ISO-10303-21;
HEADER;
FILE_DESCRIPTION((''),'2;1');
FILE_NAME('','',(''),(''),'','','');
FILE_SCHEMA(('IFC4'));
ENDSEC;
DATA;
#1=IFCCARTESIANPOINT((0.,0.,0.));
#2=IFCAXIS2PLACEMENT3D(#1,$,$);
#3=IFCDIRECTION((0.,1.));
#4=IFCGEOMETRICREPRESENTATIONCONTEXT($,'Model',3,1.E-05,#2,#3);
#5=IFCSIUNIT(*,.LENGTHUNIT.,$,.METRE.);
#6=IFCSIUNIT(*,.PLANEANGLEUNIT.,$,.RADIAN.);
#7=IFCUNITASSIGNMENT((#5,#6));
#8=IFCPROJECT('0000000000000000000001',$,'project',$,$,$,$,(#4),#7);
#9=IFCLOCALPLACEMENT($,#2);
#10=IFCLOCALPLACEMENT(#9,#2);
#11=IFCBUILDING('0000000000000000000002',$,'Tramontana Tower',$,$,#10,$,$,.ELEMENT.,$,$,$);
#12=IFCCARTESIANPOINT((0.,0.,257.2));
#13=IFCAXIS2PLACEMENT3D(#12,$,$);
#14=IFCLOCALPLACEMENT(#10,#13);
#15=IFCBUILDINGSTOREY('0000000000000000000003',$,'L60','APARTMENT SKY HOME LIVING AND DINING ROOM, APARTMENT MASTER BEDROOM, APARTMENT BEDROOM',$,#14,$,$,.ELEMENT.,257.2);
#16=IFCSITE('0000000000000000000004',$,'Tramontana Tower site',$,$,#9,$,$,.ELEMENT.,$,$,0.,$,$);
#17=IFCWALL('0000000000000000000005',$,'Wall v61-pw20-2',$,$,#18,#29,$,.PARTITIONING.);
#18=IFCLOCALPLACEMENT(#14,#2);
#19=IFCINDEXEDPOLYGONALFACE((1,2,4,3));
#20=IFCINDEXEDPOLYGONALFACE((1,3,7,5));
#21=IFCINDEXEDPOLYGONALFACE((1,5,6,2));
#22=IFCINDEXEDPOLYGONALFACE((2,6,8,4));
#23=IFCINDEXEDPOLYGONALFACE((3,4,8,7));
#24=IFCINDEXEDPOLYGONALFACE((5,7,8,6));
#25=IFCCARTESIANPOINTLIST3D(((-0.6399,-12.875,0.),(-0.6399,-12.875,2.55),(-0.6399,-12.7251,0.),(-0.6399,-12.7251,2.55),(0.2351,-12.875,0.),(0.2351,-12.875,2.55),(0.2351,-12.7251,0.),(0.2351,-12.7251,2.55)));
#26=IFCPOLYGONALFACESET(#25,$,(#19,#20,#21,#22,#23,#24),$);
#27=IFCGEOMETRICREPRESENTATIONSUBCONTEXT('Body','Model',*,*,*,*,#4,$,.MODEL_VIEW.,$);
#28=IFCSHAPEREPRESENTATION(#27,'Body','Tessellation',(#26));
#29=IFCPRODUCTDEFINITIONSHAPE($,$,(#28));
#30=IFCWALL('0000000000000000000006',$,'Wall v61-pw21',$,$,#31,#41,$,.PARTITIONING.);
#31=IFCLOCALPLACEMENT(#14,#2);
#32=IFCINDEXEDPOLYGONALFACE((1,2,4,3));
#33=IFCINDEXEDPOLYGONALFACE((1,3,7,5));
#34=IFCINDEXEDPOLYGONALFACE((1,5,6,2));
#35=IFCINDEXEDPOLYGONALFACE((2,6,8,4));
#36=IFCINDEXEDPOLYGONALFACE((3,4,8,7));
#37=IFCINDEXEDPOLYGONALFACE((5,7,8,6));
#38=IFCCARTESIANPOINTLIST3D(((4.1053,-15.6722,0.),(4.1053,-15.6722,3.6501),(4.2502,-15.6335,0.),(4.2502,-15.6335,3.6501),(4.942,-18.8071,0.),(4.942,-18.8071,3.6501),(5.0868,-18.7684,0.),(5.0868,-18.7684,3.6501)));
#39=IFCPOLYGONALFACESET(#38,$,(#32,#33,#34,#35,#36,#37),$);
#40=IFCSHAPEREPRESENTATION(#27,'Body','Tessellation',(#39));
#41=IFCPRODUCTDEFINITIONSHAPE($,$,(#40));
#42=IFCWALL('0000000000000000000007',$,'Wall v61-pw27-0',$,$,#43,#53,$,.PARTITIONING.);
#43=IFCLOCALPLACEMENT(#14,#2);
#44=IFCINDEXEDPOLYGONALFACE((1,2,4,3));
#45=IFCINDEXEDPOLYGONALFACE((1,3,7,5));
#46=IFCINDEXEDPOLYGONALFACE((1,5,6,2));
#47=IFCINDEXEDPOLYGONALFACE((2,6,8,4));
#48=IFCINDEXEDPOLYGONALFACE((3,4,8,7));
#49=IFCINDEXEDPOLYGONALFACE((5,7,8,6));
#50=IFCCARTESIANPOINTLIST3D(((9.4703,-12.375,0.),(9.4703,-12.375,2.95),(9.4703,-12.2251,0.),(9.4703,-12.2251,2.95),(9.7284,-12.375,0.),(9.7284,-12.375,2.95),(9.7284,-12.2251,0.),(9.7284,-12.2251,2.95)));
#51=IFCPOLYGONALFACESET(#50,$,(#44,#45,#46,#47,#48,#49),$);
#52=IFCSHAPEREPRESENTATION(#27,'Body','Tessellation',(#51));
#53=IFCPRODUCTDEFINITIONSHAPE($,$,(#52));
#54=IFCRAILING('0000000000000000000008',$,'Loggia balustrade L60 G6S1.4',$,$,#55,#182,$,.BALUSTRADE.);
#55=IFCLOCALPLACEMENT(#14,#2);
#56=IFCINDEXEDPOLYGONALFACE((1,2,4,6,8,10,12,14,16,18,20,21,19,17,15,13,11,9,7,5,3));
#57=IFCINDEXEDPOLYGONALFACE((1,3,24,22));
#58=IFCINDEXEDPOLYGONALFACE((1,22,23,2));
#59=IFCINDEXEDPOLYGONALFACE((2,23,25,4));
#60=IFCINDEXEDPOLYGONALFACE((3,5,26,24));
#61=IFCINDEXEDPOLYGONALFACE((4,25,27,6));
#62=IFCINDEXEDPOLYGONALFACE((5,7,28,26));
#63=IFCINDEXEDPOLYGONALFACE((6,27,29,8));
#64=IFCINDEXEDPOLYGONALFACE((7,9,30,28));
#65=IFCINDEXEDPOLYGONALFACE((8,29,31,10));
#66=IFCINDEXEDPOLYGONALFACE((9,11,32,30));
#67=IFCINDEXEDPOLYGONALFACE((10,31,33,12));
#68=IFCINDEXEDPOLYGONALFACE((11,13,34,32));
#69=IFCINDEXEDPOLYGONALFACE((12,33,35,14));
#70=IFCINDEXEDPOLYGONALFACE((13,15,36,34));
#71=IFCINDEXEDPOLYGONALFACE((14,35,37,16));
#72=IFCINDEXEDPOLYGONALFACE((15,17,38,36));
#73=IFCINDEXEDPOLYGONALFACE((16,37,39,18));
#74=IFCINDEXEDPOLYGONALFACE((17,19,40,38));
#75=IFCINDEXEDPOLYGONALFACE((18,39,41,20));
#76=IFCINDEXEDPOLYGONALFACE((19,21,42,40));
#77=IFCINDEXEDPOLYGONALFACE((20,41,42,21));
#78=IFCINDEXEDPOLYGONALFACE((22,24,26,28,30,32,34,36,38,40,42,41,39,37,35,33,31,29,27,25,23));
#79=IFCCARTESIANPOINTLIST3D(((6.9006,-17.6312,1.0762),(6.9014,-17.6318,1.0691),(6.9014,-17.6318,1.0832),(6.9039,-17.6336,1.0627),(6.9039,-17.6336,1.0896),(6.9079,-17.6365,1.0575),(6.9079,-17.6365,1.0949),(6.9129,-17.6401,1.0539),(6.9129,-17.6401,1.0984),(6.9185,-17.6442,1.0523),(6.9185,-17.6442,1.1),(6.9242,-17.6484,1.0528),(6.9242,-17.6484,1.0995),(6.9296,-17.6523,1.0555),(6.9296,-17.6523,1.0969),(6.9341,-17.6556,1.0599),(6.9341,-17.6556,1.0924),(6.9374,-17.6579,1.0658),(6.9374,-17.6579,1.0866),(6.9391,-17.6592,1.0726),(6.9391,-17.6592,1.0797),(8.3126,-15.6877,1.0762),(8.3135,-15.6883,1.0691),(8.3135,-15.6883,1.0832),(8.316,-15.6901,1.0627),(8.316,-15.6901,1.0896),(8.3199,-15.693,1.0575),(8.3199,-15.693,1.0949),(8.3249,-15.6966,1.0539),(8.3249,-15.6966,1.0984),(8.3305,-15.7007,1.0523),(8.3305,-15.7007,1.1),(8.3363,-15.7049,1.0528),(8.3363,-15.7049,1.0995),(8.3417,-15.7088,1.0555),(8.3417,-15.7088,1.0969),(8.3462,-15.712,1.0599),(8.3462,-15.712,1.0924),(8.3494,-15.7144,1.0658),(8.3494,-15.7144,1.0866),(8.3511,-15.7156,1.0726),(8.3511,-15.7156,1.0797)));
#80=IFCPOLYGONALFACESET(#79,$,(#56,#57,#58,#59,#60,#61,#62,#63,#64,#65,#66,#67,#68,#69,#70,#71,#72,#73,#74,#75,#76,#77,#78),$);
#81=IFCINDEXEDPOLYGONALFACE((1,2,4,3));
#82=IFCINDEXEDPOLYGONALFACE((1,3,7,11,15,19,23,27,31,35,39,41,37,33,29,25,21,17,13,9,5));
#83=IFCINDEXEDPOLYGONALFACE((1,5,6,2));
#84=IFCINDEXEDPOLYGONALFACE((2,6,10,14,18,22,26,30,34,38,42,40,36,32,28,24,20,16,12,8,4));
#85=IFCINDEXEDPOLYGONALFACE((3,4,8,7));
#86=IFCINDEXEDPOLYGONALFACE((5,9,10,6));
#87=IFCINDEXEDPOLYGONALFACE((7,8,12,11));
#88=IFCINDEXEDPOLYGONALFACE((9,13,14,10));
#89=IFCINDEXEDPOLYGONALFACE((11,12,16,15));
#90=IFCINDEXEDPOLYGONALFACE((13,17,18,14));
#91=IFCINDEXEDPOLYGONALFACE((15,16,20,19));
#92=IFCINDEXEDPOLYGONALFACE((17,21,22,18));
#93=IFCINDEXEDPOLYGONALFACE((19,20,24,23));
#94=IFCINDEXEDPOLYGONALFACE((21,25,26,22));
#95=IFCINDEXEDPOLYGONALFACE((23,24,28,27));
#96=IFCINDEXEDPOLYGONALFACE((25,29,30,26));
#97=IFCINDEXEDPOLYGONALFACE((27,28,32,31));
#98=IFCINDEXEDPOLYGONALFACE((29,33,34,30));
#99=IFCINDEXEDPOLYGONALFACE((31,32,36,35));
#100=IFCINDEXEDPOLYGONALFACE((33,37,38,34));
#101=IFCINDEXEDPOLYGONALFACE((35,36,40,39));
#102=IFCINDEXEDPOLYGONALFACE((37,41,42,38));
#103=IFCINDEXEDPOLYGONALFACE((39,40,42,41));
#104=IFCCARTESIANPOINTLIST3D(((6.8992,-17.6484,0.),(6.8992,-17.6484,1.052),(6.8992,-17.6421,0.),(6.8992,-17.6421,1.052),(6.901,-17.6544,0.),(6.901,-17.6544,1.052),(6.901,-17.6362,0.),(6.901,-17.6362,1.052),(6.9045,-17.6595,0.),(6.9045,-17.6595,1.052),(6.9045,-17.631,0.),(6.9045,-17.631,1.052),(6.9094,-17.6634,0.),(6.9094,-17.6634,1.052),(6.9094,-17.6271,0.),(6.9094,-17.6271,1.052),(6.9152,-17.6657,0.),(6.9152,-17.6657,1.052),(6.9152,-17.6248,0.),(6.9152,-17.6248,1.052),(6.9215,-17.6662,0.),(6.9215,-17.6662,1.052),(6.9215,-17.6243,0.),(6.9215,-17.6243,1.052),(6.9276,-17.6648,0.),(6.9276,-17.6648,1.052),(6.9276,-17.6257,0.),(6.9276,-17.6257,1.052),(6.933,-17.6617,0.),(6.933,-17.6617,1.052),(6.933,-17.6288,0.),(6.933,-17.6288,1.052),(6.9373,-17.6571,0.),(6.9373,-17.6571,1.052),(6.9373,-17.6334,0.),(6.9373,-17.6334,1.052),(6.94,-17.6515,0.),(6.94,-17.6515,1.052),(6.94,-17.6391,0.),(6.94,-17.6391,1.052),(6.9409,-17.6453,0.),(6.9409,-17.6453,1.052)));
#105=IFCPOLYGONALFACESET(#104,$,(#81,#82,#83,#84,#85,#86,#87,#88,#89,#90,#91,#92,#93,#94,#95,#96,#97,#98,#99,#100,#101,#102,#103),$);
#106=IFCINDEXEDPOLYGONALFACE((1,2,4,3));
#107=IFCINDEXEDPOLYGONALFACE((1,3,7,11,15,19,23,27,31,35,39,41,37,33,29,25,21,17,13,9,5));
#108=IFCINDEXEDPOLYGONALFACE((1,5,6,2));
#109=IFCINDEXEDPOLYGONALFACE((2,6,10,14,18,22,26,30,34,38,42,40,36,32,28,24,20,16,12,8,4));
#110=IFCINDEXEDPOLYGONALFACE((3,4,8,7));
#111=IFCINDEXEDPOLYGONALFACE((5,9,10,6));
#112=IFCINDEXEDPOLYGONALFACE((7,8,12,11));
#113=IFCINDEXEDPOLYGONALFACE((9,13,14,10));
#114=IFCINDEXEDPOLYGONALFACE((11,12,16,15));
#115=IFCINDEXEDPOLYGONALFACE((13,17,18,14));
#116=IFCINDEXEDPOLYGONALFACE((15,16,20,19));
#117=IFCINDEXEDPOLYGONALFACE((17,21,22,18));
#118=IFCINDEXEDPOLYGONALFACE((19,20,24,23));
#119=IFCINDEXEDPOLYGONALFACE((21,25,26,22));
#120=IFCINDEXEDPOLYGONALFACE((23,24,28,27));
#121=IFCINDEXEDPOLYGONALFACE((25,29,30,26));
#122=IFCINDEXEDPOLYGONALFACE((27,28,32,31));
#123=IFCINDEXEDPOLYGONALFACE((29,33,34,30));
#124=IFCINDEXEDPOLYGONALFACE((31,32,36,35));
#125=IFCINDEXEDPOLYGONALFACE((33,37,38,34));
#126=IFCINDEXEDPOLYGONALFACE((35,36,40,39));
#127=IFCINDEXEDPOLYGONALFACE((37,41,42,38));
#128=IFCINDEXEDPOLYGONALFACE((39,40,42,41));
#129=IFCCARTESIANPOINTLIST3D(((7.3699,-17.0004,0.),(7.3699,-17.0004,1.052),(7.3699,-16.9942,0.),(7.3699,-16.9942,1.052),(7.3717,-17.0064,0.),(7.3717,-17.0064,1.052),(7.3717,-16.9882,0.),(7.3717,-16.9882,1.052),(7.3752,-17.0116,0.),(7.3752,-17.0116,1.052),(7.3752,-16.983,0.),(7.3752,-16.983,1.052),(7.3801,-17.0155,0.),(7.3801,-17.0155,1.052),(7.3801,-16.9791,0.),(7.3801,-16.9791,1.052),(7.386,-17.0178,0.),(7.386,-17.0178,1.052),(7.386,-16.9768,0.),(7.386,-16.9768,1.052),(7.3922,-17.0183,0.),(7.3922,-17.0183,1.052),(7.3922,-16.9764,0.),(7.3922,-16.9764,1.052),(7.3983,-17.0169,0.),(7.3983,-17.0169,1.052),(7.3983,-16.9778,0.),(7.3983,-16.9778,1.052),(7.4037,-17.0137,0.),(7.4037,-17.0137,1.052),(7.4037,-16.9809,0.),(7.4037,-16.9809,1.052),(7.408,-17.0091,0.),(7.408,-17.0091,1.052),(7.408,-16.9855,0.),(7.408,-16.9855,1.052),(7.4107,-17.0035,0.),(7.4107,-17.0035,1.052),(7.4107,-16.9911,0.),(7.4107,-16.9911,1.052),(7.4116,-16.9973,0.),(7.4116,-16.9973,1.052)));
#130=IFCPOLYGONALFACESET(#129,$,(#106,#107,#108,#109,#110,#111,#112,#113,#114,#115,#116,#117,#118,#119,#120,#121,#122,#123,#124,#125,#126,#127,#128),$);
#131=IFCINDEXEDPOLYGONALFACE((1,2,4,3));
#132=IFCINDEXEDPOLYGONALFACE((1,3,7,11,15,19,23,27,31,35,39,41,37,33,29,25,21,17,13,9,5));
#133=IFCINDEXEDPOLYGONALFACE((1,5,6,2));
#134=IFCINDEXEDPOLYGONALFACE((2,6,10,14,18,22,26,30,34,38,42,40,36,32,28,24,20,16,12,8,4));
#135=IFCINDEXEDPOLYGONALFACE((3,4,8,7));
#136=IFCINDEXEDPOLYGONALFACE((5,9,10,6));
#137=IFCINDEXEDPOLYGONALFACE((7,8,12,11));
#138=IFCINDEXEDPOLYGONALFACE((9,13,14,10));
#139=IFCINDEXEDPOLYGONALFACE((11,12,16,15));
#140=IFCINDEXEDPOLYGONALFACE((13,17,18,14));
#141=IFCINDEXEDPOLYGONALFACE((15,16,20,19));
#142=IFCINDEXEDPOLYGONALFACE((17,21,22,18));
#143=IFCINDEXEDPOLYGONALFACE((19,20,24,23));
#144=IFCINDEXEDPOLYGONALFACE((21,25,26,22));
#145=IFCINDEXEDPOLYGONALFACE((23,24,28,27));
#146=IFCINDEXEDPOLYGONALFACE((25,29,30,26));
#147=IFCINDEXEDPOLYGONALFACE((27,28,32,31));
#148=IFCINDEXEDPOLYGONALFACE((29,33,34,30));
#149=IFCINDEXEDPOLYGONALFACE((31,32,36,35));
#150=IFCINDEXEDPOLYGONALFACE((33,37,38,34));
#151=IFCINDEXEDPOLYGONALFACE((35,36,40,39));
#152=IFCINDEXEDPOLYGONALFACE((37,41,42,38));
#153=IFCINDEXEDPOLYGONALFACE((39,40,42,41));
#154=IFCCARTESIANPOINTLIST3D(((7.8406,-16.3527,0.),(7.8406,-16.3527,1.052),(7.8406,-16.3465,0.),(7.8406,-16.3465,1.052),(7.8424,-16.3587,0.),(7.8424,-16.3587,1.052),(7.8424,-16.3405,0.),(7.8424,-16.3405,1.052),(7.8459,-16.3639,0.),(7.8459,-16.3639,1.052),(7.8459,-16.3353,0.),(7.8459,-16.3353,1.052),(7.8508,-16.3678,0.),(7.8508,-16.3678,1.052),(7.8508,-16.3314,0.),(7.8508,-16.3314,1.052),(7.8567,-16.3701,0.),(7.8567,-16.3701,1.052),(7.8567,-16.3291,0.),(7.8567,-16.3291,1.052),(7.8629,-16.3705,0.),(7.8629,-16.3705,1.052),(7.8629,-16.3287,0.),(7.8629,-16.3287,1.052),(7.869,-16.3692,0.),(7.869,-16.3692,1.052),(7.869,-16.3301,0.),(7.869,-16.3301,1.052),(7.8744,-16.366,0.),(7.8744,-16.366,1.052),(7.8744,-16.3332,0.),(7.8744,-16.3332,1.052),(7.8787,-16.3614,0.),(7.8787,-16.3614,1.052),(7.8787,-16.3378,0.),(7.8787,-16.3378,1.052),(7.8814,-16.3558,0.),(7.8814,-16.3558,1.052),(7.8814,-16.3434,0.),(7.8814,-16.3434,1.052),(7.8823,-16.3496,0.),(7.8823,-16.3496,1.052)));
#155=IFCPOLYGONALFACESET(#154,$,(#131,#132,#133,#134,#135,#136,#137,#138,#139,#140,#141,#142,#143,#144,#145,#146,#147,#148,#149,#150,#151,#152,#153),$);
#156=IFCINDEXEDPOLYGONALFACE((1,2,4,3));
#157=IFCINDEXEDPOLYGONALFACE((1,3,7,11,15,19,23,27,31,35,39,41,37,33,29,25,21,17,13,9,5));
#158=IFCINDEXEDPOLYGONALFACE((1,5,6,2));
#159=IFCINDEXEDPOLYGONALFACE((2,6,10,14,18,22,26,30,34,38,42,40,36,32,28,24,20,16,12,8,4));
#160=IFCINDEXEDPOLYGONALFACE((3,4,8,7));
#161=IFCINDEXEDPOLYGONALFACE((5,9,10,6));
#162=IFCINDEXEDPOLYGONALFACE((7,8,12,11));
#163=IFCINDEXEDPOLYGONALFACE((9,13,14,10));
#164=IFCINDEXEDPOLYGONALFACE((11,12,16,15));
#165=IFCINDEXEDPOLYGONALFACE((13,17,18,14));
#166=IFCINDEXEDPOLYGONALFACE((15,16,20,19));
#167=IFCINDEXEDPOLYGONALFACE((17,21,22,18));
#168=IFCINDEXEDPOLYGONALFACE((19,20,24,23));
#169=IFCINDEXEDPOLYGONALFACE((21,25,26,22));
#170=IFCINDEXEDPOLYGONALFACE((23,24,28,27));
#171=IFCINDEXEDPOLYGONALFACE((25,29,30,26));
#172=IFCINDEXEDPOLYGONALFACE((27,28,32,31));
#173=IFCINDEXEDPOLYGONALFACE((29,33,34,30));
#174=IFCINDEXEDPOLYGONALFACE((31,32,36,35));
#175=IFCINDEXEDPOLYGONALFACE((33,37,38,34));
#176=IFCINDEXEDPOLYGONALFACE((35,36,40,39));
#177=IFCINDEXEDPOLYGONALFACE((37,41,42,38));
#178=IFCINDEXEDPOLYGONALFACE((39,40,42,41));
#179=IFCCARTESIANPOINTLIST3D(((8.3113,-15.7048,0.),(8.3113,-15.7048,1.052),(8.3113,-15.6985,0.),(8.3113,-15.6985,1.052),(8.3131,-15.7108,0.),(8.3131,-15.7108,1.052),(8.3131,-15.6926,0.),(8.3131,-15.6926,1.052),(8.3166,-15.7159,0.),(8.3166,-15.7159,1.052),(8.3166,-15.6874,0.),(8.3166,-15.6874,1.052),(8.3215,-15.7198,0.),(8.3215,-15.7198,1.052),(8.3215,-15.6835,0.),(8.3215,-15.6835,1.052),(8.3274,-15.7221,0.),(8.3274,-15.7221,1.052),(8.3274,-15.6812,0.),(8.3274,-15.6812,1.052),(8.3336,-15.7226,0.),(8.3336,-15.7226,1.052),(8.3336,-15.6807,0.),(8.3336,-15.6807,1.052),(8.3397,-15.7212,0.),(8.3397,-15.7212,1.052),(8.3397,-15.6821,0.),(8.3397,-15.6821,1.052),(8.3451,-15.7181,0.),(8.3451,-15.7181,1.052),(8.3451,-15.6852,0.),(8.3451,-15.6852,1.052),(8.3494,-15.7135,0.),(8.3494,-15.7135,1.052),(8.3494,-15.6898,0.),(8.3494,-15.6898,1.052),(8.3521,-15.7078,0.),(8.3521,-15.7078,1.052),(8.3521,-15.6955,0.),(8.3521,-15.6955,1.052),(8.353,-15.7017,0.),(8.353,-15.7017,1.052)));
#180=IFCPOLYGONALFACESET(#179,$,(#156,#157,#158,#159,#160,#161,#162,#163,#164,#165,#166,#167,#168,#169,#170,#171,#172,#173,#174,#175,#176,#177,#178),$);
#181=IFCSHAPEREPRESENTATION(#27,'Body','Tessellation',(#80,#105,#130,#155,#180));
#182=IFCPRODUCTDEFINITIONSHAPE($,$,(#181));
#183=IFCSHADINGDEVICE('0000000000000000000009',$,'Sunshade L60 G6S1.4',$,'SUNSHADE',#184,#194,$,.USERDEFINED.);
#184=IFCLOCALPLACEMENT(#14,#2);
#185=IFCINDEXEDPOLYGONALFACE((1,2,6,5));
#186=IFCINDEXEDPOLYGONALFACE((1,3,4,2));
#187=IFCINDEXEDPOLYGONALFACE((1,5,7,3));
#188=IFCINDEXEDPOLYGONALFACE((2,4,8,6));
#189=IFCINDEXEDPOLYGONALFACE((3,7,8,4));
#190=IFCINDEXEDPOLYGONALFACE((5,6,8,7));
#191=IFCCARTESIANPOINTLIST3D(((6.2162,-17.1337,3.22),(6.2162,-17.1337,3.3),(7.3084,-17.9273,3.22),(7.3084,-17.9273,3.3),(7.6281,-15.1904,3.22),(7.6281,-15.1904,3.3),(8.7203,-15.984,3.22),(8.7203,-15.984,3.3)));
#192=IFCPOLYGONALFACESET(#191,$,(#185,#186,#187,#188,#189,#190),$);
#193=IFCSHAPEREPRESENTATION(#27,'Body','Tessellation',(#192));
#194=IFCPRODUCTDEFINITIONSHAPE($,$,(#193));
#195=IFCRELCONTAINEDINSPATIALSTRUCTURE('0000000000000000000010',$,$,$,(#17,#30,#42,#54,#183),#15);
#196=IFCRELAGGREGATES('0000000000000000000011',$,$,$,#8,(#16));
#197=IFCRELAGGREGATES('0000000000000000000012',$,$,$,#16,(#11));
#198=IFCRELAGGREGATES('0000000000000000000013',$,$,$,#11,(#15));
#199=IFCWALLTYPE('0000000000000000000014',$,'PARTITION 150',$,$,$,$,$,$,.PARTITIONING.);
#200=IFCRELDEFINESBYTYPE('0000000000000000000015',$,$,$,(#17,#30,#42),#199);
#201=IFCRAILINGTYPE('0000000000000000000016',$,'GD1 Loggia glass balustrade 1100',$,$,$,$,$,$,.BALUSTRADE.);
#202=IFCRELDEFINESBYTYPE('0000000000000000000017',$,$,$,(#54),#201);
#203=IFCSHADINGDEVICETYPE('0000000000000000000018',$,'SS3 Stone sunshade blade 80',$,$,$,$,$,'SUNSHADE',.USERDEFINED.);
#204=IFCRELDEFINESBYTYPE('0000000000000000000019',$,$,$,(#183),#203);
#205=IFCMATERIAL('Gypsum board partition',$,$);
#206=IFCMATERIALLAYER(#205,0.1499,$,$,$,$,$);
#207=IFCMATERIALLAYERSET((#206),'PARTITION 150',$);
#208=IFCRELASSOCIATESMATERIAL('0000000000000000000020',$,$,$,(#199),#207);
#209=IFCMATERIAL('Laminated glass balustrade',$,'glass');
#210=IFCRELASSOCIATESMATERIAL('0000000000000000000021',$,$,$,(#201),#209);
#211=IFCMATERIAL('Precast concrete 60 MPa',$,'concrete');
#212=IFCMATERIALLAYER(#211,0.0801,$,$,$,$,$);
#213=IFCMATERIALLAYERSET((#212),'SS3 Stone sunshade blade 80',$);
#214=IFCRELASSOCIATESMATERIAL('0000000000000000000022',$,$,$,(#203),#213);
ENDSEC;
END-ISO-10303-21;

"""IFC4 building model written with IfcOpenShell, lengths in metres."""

from ifc_helpers import new_model, si_unit, direction, frame, frame_2d, origin, origin_2d, place, context, subcontext, project, spatial, rectangle, circle, extrude, material, layer, layer_set, type_object, element, save


model = new_model("IFC4")

# Units and contexts
model_context = context("Model", 3, precision=1e-05, world=origin(), true_north=direction((0.0, 1.0)))
body_context = subcontext(model_context, "Body", "Model", "MODEL_VIEW")
ifc_project = project(units=[si_unit("LENGTHUNIT", "METRE"), si_unit("PLANEANGLEUNIT", "RADIAN")], contexts=[model_context])

# Site, building, storey
site_placement = place(None, origin())
site = spatial("IfcSite", under=ifc_project, at=site_placement, Name="Tramontana Tower site", CompositionType="ELEMENT", RefElevation=0.0)
building_placement = place(site_placement, origin())
building = spatial("IfcBuilding", under=site, at=building_placement, Name="Tramontana Tower", CompositionType="ELEMENT")
storey_placement = place(building_placement, frame((0.0, 0.0, 257.2)))
storey = spatial("IfcBuildingStorey", under=building, at=storey_placement, Name="L60", Description="APARTMENT SKY HOME LIVING AND DINING ROOM, APARTMENT MASTER BEDROOM, APARTMENT BEDROOM", CompositionType="ELEMENT", Elevation=257.2)

# Shared definitions
ifc_material_1 = material(Name="Gypsum board partition")
ifc_layer_1 = layer(ifc_material_1, 0.1499)
ifc_layer_set_1 = layer_set([ifc_layer_1], Name="PARTITION 150")
wall_type_1 = type_object("IfcWallType", Name="PARTITION 150", PredefinedType="PARTITIONING", material=ifc_layer_set_1)

# Walls
wall_1_placement = place(storey_placement, frame((0.2351, -12.8, 0.0), z_axis=(0.0, 0.0, 1.0), x_axis=(-1.0, 0.0, 0.0)))
element("IfcWall", 1, at=wall_1_placement, inside=storey, type_object=wall_type_1, Name="Wall v61-pw20-2", PredefinedType="PARTITIONING", context=body_context, shape_type="SweptSolid", body=[
    extrude(rectangle(XDim=0.875, YDim=0.1499, at=frame_2d((0.4375, 0.0))), origin(), (0.0, 0.0, 1.0), 2.55),
])
wall_2_placement = place(storey_placement, frame((4.1777, -15.6528, 0.0), z_axis=(0.0, 0.0, 1.0), x_axis=(0.257855, -0.966184, 0.0)))
element("IfcWall", 2, at=wall_2_placement, inside=storey, type_object=wall_type_1, Name="Wall v61-pw21", PredefinedType="PARTITIONING", context=body_context, shape_type="SweptSolid", body=[
    extrude(rectangle(XDim=3.2446, YDim=0.1499, at=frame_2d((1.6223, 0.0))), origin(), (0.0, 0.0, 1.0), 3.6501),
])
wall_3_placement = place(storey_placement, frame((9.7283, -12.3, 0.0), z_axis=(0.0, 0.0, 1.0), x_axis=(-1.0, 0.0, 0.0)))
element("IfcWall", 3, at=wall_3_placement, inside=storey, type_object=wall_type_1, Name="Wall v61-pw27-0", PredefinedType="PARTITIONING", context=body_context, shape_type="SweptSolid", body=[
    extrude(rectangle(XDim=0.2581, YDim=0.1499, at=frame_2d((0.1289, 0.0))), origin(), (0.0, 0.0, 1.0), 2.95),
])

# Railing
ifc_material_2 = material(Name="Laminated glass balustrade", Category="glass")
railing_type = type_object("IfcRailingType", Name="GD1 Loggia glass balustrade 1100", PredefinedType="BALUSTRADE", material=ifc_material_2)
railing_placement = place(storey_placement, frame((6.9199, -17.6453, 0.0)))
element("IfcRailing", 4, at=railing_placement, inside=storey, type_object=railing_type, Name="Loggia balustrade L60 G6S1.4", PredefinedType="BALUSTRADE", context=body_context, shape_type="SweptSolid", body=[
    extrude(circle(Radius=0.0239, at=origin_2d()), frame((0.0, 0.0, 1.0762), z_axis=(0.587785, 0.809017, 0.0), x_axis=(-0.809017, 0.587785, 0.0)), (0.0, 0.0, 1.0), 2.4023),
    extrude(circle(Radius=0.021, at=origin_2d()), origin(), (0.0, 0.0, 1.0), 1.052),
    extrude(circle(Radius=0.021, at=origin_2d()), frame((0.4707, 0.6479, 0.0)), (0.0, 0.0, 1.0), 1.052),
    extrude(circle(Radius=0.021, at=origin_2d()), frame((0.9414, 1.2957, 0.0)), (0.0, 0.0, 1.0), 1.052),
    extrude(circle(Radius=0.021, at=origin_2d()), frame((1.4121, 1.9436, 0.0)), (0.0, 0.0, 1.0), 1.052),
])

# Shading device
ifc_material_3 = material(Name="Precast concrete 60 MPa", Category="concrete")
ifc_layer_2 = layer(ifc_material_3, 0.0801)
ifc_layer_set_2 = layer_set([ifc_layer_2], Name="SS3 Stone sunshade blade 80")
shading_device_type = type_object("IfcShadingDeviceType", Name="SS3 Stone sunshade blade 80", ElementType="SUNSHADE", PredefinedType="USERDEFINED", material=ifc_layer_set_2)
shading_device_placement = place(storey_placement, frame((7.4683, -16.5588, 3.22), z_axis=(0.0, 0.0, 1.0), x_axis=(0.587785, 0.809017, 0.0)))
element("IfcShadingDevice", 5, at=shading_device_placement, inside=storey, type_object=shading_device_type, Name="Sunshade L60 G6S1.4", ObjectType="SUNSHADE", PredefinedType="USERDEFINED", context=body_context, shape_type="SweptSolid", body=[
    extrude(rectangle(XDim=2.4021, YDim=1.3501, at=origin_2d()), origin(), (0.0, 0.0, 1.0), 0.0801),
])

save(model, "model.ifc")
